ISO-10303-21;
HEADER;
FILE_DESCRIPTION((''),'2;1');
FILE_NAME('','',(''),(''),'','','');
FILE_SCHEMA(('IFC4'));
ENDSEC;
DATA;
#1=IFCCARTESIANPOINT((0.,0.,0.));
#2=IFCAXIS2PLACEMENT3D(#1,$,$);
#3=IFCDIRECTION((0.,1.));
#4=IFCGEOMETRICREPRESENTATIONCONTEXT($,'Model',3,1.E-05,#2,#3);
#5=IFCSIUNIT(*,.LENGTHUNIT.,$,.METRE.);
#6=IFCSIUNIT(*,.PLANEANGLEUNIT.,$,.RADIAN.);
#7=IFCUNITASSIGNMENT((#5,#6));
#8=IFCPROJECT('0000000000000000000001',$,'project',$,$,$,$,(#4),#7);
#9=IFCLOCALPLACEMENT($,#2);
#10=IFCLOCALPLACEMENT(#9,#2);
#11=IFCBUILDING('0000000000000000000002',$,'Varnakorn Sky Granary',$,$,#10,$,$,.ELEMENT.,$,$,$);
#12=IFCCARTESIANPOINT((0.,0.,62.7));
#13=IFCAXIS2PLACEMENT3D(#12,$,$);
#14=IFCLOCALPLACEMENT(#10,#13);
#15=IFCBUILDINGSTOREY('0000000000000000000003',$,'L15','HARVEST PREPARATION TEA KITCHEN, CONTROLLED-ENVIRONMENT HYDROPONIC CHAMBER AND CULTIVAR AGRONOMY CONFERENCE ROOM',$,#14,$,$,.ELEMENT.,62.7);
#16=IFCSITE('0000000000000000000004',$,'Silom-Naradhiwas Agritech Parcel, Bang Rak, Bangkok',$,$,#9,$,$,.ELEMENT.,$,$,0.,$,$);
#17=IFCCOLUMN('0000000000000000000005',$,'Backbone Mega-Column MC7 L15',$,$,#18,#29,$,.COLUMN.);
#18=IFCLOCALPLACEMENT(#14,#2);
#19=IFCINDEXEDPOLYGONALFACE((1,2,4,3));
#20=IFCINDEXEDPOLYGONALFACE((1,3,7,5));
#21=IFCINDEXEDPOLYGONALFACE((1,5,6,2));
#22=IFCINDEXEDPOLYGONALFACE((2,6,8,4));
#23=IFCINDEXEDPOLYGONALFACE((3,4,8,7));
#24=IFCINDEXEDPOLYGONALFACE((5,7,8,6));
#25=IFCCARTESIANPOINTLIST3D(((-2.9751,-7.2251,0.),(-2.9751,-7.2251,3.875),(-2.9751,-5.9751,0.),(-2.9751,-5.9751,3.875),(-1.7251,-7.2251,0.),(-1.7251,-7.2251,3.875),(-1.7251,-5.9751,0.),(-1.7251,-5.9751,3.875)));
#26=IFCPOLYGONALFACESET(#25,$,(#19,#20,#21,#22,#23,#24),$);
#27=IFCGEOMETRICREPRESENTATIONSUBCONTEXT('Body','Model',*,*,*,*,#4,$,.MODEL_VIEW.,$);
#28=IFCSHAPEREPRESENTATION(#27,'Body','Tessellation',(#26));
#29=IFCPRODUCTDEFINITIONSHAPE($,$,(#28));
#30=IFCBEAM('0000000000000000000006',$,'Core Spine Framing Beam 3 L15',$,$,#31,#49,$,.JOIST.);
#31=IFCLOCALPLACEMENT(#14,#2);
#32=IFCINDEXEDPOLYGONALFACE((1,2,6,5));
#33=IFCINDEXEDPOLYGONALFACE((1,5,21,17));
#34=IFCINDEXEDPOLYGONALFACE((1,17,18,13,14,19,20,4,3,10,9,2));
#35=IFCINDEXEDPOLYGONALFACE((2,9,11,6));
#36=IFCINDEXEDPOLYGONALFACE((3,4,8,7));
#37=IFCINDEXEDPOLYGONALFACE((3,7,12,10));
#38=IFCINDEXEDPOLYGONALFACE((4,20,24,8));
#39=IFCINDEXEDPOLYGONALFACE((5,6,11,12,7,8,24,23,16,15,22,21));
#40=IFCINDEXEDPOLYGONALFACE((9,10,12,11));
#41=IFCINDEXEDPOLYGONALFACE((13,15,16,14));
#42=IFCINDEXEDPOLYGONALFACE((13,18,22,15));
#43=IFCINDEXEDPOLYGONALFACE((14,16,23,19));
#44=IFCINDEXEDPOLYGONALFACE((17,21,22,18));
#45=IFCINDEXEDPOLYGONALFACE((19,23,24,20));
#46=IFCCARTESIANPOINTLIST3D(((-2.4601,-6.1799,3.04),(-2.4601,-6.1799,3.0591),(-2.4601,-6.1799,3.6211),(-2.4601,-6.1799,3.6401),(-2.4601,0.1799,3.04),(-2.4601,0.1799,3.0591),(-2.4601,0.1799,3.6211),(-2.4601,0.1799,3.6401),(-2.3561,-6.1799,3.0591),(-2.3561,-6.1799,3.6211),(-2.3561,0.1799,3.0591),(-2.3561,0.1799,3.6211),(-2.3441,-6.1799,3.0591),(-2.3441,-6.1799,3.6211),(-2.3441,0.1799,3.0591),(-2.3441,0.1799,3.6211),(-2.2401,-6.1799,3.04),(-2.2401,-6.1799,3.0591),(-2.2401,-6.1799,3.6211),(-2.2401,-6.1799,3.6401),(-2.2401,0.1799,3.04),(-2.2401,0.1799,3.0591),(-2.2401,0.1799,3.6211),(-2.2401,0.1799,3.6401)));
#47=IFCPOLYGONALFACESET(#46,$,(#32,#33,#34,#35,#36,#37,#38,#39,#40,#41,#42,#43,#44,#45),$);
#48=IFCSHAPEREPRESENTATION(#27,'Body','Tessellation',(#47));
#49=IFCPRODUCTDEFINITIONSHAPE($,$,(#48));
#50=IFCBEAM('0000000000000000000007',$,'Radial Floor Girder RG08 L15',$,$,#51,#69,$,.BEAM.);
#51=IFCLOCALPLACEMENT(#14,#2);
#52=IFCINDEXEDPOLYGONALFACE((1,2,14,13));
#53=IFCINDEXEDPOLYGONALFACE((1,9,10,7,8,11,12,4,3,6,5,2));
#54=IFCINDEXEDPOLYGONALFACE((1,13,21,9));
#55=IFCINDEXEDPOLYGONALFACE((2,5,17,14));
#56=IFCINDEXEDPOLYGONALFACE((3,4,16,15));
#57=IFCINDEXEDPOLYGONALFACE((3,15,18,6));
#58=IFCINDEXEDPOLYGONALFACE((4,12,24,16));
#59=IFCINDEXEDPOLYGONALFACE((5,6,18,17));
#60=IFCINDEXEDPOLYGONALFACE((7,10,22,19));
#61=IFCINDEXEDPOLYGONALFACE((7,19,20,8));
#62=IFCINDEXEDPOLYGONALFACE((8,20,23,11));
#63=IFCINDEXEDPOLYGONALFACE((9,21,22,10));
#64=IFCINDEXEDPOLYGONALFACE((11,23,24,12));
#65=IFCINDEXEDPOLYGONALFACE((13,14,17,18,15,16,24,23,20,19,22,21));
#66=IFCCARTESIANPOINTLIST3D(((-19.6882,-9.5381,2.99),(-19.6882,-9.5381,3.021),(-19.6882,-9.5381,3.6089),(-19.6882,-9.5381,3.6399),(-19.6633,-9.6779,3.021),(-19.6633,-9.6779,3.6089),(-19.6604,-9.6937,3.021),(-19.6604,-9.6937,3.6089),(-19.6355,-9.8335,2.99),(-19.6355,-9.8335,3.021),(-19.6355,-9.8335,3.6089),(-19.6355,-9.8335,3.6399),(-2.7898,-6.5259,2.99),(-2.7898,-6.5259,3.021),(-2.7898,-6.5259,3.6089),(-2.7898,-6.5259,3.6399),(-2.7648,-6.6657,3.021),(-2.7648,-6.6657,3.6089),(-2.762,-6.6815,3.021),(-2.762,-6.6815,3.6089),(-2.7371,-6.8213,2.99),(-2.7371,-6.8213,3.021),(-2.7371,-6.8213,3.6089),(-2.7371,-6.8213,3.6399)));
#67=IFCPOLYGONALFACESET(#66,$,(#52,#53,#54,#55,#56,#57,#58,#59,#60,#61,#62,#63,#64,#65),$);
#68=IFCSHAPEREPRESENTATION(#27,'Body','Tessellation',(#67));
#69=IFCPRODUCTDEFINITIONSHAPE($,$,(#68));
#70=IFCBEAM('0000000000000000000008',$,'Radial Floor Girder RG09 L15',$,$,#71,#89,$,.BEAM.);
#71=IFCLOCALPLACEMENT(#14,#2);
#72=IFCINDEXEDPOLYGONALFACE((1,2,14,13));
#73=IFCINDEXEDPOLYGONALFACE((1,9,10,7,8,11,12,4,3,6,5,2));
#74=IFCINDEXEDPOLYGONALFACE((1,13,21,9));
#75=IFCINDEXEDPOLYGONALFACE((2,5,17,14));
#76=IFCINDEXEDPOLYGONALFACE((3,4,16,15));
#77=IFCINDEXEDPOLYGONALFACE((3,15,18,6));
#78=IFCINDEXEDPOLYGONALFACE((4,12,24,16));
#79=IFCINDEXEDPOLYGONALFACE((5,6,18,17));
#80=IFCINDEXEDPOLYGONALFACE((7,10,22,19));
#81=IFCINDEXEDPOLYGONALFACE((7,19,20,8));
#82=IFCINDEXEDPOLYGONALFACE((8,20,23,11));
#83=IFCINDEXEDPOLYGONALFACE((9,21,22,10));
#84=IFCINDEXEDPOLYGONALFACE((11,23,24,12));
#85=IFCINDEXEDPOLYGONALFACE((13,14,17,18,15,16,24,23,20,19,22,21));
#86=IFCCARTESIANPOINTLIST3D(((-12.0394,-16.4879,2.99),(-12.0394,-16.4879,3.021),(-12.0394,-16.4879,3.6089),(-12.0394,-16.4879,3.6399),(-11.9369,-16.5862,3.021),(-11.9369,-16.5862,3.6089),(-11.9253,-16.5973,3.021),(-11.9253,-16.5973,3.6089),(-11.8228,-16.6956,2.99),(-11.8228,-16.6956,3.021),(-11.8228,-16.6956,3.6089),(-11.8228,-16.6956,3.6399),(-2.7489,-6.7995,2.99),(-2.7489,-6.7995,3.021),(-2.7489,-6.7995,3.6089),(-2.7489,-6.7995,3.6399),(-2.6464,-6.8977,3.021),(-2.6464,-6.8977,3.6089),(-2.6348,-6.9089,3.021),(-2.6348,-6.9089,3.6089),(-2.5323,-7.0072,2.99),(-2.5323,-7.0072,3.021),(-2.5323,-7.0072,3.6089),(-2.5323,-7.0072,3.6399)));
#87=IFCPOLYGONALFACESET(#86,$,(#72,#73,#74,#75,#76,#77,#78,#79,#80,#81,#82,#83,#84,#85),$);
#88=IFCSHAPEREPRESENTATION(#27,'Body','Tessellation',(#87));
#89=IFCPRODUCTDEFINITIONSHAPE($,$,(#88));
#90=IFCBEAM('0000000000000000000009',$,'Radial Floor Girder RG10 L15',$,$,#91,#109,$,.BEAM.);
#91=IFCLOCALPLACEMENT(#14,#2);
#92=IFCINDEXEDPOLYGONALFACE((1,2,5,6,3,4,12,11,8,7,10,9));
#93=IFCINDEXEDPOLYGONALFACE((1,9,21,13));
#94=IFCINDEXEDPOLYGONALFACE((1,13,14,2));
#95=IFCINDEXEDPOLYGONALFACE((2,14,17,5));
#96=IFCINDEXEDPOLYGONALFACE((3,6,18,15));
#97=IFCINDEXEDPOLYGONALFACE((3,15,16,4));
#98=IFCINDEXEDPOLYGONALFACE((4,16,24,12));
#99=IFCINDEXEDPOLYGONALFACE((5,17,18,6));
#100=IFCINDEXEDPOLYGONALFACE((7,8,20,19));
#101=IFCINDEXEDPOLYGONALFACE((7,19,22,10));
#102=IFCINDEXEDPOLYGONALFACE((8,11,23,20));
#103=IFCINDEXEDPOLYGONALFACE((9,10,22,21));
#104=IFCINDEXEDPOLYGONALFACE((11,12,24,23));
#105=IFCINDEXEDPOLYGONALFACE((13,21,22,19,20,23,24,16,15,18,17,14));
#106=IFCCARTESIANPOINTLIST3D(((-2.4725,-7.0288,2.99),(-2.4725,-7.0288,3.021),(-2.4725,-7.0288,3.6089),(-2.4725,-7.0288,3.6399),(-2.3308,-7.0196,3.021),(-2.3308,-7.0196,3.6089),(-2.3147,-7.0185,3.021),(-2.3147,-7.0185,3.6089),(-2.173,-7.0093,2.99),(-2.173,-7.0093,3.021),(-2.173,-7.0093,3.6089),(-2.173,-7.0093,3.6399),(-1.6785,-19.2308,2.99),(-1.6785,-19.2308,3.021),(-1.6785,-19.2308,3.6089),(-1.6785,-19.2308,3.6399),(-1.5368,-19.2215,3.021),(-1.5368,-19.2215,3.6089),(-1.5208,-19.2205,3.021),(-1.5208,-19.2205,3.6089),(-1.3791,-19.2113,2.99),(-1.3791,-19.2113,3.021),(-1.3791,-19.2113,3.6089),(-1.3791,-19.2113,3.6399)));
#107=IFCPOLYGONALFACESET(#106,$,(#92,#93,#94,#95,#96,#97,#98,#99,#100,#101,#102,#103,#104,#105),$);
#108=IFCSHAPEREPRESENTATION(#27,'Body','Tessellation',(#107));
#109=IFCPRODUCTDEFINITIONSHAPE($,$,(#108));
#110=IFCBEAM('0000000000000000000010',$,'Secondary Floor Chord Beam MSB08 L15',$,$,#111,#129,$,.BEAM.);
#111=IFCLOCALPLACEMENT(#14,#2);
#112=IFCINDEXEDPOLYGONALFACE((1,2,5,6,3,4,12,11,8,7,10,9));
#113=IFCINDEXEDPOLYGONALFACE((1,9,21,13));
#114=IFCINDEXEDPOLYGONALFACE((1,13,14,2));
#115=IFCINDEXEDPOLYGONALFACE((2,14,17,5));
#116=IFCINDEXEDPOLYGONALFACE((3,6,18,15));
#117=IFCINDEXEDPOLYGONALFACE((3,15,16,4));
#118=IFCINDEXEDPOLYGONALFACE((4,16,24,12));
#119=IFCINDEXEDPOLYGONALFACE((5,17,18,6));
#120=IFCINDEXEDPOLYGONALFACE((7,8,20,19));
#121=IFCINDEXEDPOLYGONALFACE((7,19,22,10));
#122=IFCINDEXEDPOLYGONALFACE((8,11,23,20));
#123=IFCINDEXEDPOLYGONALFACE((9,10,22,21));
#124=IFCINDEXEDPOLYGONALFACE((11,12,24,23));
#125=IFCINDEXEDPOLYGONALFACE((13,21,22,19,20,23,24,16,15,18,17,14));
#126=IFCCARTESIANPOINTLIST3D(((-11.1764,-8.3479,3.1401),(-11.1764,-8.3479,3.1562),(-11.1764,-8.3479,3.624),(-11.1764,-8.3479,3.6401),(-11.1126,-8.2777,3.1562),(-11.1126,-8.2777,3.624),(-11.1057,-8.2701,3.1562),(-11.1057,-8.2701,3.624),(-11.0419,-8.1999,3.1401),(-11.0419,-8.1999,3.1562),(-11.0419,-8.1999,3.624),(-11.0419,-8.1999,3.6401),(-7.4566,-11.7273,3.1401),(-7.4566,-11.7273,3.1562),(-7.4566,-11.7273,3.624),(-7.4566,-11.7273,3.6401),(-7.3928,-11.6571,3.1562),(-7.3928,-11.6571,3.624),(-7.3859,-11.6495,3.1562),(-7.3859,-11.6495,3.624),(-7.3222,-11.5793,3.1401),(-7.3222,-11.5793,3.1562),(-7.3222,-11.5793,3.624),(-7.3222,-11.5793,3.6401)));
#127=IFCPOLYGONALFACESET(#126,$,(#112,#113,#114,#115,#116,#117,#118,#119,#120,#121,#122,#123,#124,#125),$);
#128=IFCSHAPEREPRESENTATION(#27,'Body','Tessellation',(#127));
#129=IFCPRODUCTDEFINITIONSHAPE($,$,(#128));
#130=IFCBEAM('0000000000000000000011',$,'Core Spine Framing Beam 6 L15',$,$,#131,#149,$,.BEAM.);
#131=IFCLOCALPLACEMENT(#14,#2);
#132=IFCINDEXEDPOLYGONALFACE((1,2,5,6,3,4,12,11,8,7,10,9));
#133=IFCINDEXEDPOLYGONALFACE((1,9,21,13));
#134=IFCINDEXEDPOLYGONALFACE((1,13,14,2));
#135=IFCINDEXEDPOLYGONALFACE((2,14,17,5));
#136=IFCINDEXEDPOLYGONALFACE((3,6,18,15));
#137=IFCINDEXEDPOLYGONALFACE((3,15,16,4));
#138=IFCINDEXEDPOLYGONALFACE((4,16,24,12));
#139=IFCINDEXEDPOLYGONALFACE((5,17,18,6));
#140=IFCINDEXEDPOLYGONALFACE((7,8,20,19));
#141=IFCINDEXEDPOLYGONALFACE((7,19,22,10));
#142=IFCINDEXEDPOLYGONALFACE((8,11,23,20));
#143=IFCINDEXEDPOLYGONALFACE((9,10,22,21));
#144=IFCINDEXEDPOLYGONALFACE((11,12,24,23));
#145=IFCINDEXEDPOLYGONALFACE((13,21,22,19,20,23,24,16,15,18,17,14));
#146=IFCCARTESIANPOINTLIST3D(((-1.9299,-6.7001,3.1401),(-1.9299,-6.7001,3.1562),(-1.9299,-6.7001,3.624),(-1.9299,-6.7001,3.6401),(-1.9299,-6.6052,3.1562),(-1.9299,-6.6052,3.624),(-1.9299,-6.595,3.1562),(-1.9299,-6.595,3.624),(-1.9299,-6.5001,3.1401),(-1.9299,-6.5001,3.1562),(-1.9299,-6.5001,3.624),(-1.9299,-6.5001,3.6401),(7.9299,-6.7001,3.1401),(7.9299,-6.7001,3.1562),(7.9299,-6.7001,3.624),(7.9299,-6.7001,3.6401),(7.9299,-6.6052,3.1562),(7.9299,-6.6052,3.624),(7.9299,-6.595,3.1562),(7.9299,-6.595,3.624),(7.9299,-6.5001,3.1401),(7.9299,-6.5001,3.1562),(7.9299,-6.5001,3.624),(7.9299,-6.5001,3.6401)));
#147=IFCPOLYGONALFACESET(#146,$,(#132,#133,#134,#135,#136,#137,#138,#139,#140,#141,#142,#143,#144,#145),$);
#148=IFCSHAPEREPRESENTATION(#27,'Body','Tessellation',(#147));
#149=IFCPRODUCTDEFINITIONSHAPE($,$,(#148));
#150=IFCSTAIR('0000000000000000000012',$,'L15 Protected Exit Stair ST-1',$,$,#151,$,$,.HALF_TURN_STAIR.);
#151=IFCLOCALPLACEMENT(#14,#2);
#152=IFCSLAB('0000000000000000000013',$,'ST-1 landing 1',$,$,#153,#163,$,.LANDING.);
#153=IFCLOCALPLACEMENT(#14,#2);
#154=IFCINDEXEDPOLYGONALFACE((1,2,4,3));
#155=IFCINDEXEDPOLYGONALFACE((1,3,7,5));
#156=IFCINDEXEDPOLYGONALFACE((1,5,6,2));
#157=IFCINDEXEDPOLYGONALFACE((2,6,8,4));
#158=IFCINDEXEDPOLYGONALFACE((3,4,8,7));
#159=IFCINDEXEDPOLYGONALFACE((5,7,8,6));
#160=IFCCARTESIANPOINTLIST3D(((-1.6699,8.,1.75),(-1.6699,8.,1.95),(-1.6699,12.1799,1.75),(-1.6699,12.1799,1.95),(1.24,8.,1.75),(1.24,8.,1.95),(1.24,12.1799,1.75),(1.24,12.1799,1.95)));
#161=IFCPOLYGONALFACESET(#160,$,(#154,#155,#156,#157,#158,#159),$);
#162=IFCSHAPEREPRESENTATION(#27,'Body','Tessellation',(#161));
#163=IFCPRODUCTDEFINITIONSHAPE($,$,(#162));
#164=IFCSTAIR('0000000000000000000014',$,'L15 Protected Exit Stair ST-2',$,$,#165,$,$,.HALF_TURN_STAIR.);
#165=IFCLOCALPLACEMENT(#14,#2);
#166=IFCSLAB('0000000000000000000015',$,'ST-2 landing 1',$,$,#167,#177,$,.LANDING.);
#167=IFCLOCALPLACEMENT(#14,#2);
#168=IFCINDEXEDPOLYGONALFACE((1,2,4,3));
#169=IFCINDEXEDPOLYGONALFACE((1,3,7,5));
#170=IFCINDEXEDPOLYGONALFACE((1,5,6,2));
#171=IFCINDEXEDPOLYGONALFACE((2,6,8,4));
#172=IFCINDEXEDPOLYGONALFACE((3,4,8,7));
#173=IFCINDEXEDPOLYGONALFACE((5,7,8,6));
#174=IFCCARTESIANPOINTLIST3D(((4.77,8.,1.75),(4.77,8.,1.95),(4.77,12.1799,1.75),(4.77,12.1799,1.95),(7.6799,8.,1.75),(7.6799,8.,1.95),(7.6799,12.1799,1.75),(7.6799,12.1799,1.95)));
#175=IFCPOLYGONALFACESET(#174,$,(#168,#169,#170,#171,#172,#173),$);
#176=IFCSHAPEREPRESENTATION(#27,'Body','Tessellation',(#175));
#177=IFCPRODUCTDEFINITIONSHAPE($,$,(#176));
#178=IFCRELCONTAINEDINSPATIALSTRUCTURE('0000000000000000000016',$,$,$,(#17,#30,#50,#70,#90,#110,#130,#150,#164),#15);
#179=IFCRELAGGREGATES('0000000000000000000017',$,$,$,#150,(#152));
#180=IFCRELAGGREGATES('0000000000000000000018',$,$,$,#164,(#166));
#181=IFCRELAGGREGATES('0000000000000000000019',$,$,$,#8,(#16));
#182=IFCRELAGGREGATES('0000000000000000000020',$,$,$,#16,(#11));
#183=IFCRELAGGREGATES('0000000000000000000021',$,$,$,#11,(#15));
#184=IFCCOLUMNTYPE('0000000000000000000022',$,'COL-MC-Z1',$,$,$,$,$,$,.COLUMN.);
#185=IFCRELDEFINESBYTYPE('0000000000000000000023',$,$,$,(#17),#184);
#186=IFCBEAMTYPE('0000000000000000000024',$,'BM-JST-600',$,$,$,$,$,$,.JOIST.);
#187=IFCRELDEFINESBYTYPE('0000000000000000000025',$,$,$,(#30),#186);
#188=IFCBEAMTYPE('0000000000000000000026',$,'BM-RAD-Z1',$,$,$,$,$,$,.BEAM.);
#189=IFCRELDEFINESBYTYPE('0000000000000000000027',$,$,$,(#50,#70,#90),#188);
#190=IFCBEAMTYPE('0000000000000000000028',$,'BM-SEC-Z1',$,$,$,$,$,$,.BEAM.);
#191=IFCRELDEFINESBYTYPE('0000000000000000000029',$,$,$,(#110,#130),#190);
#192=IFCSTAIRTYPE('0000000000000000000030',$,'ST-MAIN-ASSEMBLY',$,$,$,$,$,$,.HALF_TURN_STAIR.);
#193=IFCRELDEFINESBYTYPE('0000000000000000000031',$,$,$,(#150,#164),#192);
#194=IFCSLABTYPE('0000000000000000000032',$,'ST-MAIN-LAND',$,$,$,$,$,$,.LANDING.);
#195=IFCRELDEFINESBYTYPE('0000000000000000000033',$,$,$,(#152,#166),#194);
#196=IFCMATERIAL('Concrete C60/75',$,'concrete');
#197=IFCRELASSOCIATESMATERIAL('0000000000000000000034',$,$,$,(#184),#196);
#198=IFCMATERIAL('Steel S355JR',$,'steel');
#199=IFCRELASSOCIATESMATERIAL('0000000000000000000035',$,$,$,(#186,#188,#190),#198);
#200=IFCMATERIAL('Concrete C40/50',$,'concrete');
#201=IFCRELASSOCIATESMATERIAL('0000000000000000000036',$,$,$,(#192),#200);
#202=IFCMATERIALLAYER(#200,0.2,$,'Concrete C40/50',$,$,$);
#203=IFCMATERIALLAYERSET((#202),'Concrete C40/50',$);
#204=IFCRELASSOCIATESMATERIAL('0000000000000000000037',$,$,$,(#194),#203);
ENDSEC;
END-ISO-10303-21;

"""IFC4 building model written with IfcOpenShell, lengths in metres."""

from ifc_helpers import new_model, si_unit, direction, frame, origin, origin_2d, place, context, subcontext, project, spatial, polyline, rectangle, i_section, outline, extrude, material, layer, layer_set, material_profile, profile_set, type_object, element, aggregate, save


model = new_model("IFC4")

# Units and contexts
model_context = context("Model", 3, precision=1e-05, world=origin(), true_north=direction((0.0, 1.0)))
body_context = subcontext(model_context, "Body", "Model", "MODEL_VIEW")
ifc_project = project(units=[si_unit("LENGTHUNIT", "METRE"), si_unit("PLANEANGLEUNIT", "RADIAN")], contexts=[model_context])

# Site, building, storey
site_placement = place(None, origin())
site = spatial("IfcSite", under=ifc_project, at=site_placement, Name="Silom-Naradhiwas Agritech Parcel, Bang Rak, Bangkok", CompositionType="ELEMENT", RefElevation=0.0)
building_placement = place(site_placement, origin())
building = spatial("IfcBuilding", under=site, at=building_placement, Name="Varnakorn Sky Granary", CompositionType="ELEMENT")
storey_placement = place(building_placement, frame((0.0, 0.0, 62.7)))
storey = spatial("IfcBuildingStorey", under=building, at=storey_placement, Name="L15", Description="HARVEST PREPARATION TEA KITCHEN, CONTROLLED-ENVIRONMENT HYDROPONIC CHAMBER AND CULTIVAR AGRONOMY CONFERENCE ROOM", CompositionType="ELEMENT", Elevation=62.7)

# Column
ifc_material_1 = material(Name="Concrete C60/75", Category="concrete")
ifc_material_profile_1 = material_profile(ifc_material_1, rectangle(XDim=1.25, YDim=1.25, at=origin_2d()), Name="RC 1250x1250")
ifc_profile_set_1 = profile_set([ifc_material_profile_1], Name="Concrete C60/75")
column_type = type_object("IfcColumnType", Name="COL-MC-Z1", PredefinedType="COLUMN", material=ifc_profile_set_1)
column_placement = place(storey_placement, frame((-2.3501, -6.6001, 0.0), z_axis=(0.0, 0.0, 1.0), x_axis=(1.0, 0.0, 0.0)))
element("IfcColumn", 1, at=column_placement, inside=storey, type_object=column_type, Name="Backbone Mega-Column MC7 L15", PredefinedType="COLUMN", context=body_context, shape_type="SweptSolid", body=[
    extrude(rectangle(XDim=1.25, YDim=1.25, at=origin_2d()), origin(), (0.0, 0.0, 1.0), 3.875),
])

# Beams
ifc_material_2 = material(Name="Steel S355JR", Category="steel")
ifc_material_profile_2 = material_profile(ifc_material_2, i_section(OverallWidth=0.22, OverallDepth=0.6001, WebThickness=0.012, FlangeThickness=0.019, at=origin_2d()), Name="IPE 600")
ifc_profile_set_2 = profile_set([ifc_material_profile_2], Name="Steel S355JR")
beam_type_1 = type_object("IfcBeamType", Name="BM-JST-600", PredefinedType="JOIST", material=ifc_profile_set_2)
beam_1_placement = place(storey_placement, frame((-2.3501, 0.1799, 3.3401), z_axis=(0.0, -1.0, 0.0), x_axis=(1.0, 0.0, 0.0)))
element("IfcBeam", 2, at=beam_1_placement, inside=storey, type_object=beam_type_1, Name="Core Spine Framing Beam 3 L15", PredefinedType="JOIST", context=body_context, shape_type="SweptSolid", body=[
    extrude(i_section(OverallWidth=0.22, OverallDepth=0.6001, WebThickness=0.012, FlangeThickness=0.019, at=origin_2d()), origin(), (0.0, 0.0, 1.0), 6.3599),
])
ifc_material_profile_3 = material_profile(ifc_material_2, i_section(OverallWidth=0.3, OverallDepth=0.6499, WebThickness=0.0161, FlangeThickness=0.031, at=origin_2d()), Name="HE 650 B")
ifc_profile_set_3 = profile_set([ifc_material_profile_3], Name="Steel S355JR")
beam_type_2 = type_object("IfcBeamType", Name="BM-RAD-Z1", PredefinedType="BEAM", material=ifc_profile_set_3)
beam_2_placement = place(storey_placement, frame((-2.7634, -6.6736, 3.3149), z_axis=(-0.984482, -0.175487, 0.0), x_axis=(0.175487, -0.984482, 0.0)))
element("IfcBeam", 3, at=beam_2_placement, inside=storey, type_object=beam_type_2, Name="Radial Floor Girder RG08 L15", PredefinedType="BEAM", context=body_context, shape_type="SweptSolid", body=[
    extrude(i_section(OverallWidth=0.3, OverallDepth=0.6499, WebThickness=0.0161, FlangeThickness=0.031, at=origin_2d()), origin(), (0.0, 0.0, 1.0), 17.1648),
])
beam_3_placement = place(storey_placement, frame((-2.6406, -6.9033, 3.3149), z_axis=(-0.692128, -0.721775, 0.0), x_axis=(0.721775, -0.692128, 0.0)))
element("IfcBeam", 4, at=beam_3_placement, inside=storey, type_object=beam_type_2, Name="Radial Floor Girder RG09 L15", PredefinedType="BEAM", context=body_context, shape_type="SweptSolid", body=[
    extrude(i_section(OverallWidth=0.3, OverallDepth=0.6499, WebThickness=0.0161, FlangeThickness=0.031, at=origin_2d()), origin(), (0.0, 0.0, 1.0), 13.4231),
])
beam_4_placement = place(storey_placement, frame((-2.3228, -7.019, 3.3149), z_axis=(0.06493, -0.99789, 0.0), x_axis=(0.99789, 0.06493, 0.0)))
element("IfcBeam", 5, at=beam_4_placement, inside=storey, type_object=beam_type_2, Name="Radial Floor Girder RG10 L15", PredefinedType="BEAM", context=body_context, shape_type="SweptSolid", body=[
    extrude(i_section(OverallWidth=0.3, OverallDepth=0.6499, WebThickness=0.0161, FlangeThickness=0.031, at=origin_2d()), origin(), (0.0, 0.0, 1.0), 12.2278),
])
ifc_material_profile_4 = material_profile(ifc_material_2, i_section(OverallWidth=0.2, OverallDepth=0.5, WebThickness=0.0103, FlangeThickness=0.0161, at=origin_2d()), Name="IPE 500")
ifc_profile_set_4 = profile_set([ifc_material_profile_4], Name="Steel S355JR")
beam_type_3 = type_object("IfcBeamType", Name="BM-SEC-Z1", PredefinedType="BEAM", material=ifc_profile_set_4)
beam_5_placement = place(storey_placement, frame((-11.1091, -8.2739, 3.3901), z_axis=(0.740155, -0.672436, 0.0), x_axis=(0.672436, 0.740155, 0.0)))
element("IfcBeam", 6, at=beam_5_placement, inside=storey, type_object=beam_type_3, Name="Secondary Floor Chord Beam MSB08 L15", PredefinedType="BEAM", context=body_context, shape_type="SweptSolid", body=[
    extrude(i_section(OverallWidth=0.2, OverallDepth=0.5, WebThickness=0.0103, FlangeThickness=0.0161, at=origin_2d()), origin(), (0.0, 0.0, 1.0), 5.0256),
])
beam_6_placement = place(storey_placement, frame((-1.9299, -6.6001, 3.3901), z_axis=(1.0, 0.0, 0.0), x_axis=(0.0, 1.0, 0.0)))
element("IfcBeam", 7, at=beam_6_placement, inside=storey, type_object=beam_type_3, Name="Core Spine Framing Beam 6 L15", PredefinedType="BEAM", context=body_context, shape_type="SweptSolid", body=[
    extrude(i_section(OverallWidth=0.2, OverallDepth=0.5, WebThickness=0.0103, FlangeThickness=0.0161, at=origin_2d()), origin(), (0.0, 0.0, 1.0), 9.8599),
])

# Stairs, slabs
ifc_material_3 = material(Name="Concrete C40/50", Category="concrete")
stair_type = type_object("IfcStairType", Name="ST-MAIN-ASSEMBLY", PredefinedType="HALF_TURN_STAIR", material=ifc_material_3)
stair_1_placement = place(storey_placement, origin())
stair_1 = element("IfcStair", 8, at=stair_1_placement, inside=storey, type_object=stair_type, Name="L15 Protected Exit Stair ST-1", PredefinedType="HALF_TURN_STAIR")
ifc_layer_1 = layer(ifc_material_3, 0.2, Name="Concrete C40/50")
ifc_layer_set_1 = layer_set([ifc_layer_1], Name="Concrete C40/50")
slab_type_1 = type_object("IfcSlabType", Name="ST-MAIN-LAND", PredefinedType="LANDING", material=ifc_layer_set_1)
slab_1_placement = place(storey_placement, frame((0.0, 0.0, 1.75)))
slab_1 = element("IfcSlab", 9, at=slab_1_placement, type_object=slab_type_1, Name="ST-1 landing 1", PredefinedType="LANDING", context=body_context, shape_type="SweptSolid", body=[
    extrude(outline(polyline([(1.24, 8.0), (1.24, 12.1799), (-1.6699, 12.1799), (-1.6699, 8.0), (1.24, 8.0)])), origin(), (0.0, 0.0, 1.0), 0.2),
])
aggregate(stair_1, [slab_1])
stair_2_placement = place(storey_placement, origin())
stair_2 = element("IfcStair", 10, at=stair_2_placement, inside=storey, type_object=stair_type, Name="L15 Protected Exit Stair ST-2", PredefinedType="HALF_TURN_STAIR")
slab_2_placement = place(storey_placement, frame((0.0, 0.0, 1.75)))
slab_2 = element("IfcSlab", 11, at=slab_2_placement, type_object=slab_type_1, Name="ST-2 landing 1", PredefinedType="LANDING", context=body_context, shape_type="SweptSolid", body=[
    extrude(outline(polyline([(7.6799, 8.0), (7.6799, 12.1799), (4.77, 12.1799), (4.77, 8.0), (7.6799, 8.0)])), origin(), (0.0, 0.0, 1.0), 0.2),
])
aggregate(stair_2, [slab_2])

save(model, "model.ifc")
